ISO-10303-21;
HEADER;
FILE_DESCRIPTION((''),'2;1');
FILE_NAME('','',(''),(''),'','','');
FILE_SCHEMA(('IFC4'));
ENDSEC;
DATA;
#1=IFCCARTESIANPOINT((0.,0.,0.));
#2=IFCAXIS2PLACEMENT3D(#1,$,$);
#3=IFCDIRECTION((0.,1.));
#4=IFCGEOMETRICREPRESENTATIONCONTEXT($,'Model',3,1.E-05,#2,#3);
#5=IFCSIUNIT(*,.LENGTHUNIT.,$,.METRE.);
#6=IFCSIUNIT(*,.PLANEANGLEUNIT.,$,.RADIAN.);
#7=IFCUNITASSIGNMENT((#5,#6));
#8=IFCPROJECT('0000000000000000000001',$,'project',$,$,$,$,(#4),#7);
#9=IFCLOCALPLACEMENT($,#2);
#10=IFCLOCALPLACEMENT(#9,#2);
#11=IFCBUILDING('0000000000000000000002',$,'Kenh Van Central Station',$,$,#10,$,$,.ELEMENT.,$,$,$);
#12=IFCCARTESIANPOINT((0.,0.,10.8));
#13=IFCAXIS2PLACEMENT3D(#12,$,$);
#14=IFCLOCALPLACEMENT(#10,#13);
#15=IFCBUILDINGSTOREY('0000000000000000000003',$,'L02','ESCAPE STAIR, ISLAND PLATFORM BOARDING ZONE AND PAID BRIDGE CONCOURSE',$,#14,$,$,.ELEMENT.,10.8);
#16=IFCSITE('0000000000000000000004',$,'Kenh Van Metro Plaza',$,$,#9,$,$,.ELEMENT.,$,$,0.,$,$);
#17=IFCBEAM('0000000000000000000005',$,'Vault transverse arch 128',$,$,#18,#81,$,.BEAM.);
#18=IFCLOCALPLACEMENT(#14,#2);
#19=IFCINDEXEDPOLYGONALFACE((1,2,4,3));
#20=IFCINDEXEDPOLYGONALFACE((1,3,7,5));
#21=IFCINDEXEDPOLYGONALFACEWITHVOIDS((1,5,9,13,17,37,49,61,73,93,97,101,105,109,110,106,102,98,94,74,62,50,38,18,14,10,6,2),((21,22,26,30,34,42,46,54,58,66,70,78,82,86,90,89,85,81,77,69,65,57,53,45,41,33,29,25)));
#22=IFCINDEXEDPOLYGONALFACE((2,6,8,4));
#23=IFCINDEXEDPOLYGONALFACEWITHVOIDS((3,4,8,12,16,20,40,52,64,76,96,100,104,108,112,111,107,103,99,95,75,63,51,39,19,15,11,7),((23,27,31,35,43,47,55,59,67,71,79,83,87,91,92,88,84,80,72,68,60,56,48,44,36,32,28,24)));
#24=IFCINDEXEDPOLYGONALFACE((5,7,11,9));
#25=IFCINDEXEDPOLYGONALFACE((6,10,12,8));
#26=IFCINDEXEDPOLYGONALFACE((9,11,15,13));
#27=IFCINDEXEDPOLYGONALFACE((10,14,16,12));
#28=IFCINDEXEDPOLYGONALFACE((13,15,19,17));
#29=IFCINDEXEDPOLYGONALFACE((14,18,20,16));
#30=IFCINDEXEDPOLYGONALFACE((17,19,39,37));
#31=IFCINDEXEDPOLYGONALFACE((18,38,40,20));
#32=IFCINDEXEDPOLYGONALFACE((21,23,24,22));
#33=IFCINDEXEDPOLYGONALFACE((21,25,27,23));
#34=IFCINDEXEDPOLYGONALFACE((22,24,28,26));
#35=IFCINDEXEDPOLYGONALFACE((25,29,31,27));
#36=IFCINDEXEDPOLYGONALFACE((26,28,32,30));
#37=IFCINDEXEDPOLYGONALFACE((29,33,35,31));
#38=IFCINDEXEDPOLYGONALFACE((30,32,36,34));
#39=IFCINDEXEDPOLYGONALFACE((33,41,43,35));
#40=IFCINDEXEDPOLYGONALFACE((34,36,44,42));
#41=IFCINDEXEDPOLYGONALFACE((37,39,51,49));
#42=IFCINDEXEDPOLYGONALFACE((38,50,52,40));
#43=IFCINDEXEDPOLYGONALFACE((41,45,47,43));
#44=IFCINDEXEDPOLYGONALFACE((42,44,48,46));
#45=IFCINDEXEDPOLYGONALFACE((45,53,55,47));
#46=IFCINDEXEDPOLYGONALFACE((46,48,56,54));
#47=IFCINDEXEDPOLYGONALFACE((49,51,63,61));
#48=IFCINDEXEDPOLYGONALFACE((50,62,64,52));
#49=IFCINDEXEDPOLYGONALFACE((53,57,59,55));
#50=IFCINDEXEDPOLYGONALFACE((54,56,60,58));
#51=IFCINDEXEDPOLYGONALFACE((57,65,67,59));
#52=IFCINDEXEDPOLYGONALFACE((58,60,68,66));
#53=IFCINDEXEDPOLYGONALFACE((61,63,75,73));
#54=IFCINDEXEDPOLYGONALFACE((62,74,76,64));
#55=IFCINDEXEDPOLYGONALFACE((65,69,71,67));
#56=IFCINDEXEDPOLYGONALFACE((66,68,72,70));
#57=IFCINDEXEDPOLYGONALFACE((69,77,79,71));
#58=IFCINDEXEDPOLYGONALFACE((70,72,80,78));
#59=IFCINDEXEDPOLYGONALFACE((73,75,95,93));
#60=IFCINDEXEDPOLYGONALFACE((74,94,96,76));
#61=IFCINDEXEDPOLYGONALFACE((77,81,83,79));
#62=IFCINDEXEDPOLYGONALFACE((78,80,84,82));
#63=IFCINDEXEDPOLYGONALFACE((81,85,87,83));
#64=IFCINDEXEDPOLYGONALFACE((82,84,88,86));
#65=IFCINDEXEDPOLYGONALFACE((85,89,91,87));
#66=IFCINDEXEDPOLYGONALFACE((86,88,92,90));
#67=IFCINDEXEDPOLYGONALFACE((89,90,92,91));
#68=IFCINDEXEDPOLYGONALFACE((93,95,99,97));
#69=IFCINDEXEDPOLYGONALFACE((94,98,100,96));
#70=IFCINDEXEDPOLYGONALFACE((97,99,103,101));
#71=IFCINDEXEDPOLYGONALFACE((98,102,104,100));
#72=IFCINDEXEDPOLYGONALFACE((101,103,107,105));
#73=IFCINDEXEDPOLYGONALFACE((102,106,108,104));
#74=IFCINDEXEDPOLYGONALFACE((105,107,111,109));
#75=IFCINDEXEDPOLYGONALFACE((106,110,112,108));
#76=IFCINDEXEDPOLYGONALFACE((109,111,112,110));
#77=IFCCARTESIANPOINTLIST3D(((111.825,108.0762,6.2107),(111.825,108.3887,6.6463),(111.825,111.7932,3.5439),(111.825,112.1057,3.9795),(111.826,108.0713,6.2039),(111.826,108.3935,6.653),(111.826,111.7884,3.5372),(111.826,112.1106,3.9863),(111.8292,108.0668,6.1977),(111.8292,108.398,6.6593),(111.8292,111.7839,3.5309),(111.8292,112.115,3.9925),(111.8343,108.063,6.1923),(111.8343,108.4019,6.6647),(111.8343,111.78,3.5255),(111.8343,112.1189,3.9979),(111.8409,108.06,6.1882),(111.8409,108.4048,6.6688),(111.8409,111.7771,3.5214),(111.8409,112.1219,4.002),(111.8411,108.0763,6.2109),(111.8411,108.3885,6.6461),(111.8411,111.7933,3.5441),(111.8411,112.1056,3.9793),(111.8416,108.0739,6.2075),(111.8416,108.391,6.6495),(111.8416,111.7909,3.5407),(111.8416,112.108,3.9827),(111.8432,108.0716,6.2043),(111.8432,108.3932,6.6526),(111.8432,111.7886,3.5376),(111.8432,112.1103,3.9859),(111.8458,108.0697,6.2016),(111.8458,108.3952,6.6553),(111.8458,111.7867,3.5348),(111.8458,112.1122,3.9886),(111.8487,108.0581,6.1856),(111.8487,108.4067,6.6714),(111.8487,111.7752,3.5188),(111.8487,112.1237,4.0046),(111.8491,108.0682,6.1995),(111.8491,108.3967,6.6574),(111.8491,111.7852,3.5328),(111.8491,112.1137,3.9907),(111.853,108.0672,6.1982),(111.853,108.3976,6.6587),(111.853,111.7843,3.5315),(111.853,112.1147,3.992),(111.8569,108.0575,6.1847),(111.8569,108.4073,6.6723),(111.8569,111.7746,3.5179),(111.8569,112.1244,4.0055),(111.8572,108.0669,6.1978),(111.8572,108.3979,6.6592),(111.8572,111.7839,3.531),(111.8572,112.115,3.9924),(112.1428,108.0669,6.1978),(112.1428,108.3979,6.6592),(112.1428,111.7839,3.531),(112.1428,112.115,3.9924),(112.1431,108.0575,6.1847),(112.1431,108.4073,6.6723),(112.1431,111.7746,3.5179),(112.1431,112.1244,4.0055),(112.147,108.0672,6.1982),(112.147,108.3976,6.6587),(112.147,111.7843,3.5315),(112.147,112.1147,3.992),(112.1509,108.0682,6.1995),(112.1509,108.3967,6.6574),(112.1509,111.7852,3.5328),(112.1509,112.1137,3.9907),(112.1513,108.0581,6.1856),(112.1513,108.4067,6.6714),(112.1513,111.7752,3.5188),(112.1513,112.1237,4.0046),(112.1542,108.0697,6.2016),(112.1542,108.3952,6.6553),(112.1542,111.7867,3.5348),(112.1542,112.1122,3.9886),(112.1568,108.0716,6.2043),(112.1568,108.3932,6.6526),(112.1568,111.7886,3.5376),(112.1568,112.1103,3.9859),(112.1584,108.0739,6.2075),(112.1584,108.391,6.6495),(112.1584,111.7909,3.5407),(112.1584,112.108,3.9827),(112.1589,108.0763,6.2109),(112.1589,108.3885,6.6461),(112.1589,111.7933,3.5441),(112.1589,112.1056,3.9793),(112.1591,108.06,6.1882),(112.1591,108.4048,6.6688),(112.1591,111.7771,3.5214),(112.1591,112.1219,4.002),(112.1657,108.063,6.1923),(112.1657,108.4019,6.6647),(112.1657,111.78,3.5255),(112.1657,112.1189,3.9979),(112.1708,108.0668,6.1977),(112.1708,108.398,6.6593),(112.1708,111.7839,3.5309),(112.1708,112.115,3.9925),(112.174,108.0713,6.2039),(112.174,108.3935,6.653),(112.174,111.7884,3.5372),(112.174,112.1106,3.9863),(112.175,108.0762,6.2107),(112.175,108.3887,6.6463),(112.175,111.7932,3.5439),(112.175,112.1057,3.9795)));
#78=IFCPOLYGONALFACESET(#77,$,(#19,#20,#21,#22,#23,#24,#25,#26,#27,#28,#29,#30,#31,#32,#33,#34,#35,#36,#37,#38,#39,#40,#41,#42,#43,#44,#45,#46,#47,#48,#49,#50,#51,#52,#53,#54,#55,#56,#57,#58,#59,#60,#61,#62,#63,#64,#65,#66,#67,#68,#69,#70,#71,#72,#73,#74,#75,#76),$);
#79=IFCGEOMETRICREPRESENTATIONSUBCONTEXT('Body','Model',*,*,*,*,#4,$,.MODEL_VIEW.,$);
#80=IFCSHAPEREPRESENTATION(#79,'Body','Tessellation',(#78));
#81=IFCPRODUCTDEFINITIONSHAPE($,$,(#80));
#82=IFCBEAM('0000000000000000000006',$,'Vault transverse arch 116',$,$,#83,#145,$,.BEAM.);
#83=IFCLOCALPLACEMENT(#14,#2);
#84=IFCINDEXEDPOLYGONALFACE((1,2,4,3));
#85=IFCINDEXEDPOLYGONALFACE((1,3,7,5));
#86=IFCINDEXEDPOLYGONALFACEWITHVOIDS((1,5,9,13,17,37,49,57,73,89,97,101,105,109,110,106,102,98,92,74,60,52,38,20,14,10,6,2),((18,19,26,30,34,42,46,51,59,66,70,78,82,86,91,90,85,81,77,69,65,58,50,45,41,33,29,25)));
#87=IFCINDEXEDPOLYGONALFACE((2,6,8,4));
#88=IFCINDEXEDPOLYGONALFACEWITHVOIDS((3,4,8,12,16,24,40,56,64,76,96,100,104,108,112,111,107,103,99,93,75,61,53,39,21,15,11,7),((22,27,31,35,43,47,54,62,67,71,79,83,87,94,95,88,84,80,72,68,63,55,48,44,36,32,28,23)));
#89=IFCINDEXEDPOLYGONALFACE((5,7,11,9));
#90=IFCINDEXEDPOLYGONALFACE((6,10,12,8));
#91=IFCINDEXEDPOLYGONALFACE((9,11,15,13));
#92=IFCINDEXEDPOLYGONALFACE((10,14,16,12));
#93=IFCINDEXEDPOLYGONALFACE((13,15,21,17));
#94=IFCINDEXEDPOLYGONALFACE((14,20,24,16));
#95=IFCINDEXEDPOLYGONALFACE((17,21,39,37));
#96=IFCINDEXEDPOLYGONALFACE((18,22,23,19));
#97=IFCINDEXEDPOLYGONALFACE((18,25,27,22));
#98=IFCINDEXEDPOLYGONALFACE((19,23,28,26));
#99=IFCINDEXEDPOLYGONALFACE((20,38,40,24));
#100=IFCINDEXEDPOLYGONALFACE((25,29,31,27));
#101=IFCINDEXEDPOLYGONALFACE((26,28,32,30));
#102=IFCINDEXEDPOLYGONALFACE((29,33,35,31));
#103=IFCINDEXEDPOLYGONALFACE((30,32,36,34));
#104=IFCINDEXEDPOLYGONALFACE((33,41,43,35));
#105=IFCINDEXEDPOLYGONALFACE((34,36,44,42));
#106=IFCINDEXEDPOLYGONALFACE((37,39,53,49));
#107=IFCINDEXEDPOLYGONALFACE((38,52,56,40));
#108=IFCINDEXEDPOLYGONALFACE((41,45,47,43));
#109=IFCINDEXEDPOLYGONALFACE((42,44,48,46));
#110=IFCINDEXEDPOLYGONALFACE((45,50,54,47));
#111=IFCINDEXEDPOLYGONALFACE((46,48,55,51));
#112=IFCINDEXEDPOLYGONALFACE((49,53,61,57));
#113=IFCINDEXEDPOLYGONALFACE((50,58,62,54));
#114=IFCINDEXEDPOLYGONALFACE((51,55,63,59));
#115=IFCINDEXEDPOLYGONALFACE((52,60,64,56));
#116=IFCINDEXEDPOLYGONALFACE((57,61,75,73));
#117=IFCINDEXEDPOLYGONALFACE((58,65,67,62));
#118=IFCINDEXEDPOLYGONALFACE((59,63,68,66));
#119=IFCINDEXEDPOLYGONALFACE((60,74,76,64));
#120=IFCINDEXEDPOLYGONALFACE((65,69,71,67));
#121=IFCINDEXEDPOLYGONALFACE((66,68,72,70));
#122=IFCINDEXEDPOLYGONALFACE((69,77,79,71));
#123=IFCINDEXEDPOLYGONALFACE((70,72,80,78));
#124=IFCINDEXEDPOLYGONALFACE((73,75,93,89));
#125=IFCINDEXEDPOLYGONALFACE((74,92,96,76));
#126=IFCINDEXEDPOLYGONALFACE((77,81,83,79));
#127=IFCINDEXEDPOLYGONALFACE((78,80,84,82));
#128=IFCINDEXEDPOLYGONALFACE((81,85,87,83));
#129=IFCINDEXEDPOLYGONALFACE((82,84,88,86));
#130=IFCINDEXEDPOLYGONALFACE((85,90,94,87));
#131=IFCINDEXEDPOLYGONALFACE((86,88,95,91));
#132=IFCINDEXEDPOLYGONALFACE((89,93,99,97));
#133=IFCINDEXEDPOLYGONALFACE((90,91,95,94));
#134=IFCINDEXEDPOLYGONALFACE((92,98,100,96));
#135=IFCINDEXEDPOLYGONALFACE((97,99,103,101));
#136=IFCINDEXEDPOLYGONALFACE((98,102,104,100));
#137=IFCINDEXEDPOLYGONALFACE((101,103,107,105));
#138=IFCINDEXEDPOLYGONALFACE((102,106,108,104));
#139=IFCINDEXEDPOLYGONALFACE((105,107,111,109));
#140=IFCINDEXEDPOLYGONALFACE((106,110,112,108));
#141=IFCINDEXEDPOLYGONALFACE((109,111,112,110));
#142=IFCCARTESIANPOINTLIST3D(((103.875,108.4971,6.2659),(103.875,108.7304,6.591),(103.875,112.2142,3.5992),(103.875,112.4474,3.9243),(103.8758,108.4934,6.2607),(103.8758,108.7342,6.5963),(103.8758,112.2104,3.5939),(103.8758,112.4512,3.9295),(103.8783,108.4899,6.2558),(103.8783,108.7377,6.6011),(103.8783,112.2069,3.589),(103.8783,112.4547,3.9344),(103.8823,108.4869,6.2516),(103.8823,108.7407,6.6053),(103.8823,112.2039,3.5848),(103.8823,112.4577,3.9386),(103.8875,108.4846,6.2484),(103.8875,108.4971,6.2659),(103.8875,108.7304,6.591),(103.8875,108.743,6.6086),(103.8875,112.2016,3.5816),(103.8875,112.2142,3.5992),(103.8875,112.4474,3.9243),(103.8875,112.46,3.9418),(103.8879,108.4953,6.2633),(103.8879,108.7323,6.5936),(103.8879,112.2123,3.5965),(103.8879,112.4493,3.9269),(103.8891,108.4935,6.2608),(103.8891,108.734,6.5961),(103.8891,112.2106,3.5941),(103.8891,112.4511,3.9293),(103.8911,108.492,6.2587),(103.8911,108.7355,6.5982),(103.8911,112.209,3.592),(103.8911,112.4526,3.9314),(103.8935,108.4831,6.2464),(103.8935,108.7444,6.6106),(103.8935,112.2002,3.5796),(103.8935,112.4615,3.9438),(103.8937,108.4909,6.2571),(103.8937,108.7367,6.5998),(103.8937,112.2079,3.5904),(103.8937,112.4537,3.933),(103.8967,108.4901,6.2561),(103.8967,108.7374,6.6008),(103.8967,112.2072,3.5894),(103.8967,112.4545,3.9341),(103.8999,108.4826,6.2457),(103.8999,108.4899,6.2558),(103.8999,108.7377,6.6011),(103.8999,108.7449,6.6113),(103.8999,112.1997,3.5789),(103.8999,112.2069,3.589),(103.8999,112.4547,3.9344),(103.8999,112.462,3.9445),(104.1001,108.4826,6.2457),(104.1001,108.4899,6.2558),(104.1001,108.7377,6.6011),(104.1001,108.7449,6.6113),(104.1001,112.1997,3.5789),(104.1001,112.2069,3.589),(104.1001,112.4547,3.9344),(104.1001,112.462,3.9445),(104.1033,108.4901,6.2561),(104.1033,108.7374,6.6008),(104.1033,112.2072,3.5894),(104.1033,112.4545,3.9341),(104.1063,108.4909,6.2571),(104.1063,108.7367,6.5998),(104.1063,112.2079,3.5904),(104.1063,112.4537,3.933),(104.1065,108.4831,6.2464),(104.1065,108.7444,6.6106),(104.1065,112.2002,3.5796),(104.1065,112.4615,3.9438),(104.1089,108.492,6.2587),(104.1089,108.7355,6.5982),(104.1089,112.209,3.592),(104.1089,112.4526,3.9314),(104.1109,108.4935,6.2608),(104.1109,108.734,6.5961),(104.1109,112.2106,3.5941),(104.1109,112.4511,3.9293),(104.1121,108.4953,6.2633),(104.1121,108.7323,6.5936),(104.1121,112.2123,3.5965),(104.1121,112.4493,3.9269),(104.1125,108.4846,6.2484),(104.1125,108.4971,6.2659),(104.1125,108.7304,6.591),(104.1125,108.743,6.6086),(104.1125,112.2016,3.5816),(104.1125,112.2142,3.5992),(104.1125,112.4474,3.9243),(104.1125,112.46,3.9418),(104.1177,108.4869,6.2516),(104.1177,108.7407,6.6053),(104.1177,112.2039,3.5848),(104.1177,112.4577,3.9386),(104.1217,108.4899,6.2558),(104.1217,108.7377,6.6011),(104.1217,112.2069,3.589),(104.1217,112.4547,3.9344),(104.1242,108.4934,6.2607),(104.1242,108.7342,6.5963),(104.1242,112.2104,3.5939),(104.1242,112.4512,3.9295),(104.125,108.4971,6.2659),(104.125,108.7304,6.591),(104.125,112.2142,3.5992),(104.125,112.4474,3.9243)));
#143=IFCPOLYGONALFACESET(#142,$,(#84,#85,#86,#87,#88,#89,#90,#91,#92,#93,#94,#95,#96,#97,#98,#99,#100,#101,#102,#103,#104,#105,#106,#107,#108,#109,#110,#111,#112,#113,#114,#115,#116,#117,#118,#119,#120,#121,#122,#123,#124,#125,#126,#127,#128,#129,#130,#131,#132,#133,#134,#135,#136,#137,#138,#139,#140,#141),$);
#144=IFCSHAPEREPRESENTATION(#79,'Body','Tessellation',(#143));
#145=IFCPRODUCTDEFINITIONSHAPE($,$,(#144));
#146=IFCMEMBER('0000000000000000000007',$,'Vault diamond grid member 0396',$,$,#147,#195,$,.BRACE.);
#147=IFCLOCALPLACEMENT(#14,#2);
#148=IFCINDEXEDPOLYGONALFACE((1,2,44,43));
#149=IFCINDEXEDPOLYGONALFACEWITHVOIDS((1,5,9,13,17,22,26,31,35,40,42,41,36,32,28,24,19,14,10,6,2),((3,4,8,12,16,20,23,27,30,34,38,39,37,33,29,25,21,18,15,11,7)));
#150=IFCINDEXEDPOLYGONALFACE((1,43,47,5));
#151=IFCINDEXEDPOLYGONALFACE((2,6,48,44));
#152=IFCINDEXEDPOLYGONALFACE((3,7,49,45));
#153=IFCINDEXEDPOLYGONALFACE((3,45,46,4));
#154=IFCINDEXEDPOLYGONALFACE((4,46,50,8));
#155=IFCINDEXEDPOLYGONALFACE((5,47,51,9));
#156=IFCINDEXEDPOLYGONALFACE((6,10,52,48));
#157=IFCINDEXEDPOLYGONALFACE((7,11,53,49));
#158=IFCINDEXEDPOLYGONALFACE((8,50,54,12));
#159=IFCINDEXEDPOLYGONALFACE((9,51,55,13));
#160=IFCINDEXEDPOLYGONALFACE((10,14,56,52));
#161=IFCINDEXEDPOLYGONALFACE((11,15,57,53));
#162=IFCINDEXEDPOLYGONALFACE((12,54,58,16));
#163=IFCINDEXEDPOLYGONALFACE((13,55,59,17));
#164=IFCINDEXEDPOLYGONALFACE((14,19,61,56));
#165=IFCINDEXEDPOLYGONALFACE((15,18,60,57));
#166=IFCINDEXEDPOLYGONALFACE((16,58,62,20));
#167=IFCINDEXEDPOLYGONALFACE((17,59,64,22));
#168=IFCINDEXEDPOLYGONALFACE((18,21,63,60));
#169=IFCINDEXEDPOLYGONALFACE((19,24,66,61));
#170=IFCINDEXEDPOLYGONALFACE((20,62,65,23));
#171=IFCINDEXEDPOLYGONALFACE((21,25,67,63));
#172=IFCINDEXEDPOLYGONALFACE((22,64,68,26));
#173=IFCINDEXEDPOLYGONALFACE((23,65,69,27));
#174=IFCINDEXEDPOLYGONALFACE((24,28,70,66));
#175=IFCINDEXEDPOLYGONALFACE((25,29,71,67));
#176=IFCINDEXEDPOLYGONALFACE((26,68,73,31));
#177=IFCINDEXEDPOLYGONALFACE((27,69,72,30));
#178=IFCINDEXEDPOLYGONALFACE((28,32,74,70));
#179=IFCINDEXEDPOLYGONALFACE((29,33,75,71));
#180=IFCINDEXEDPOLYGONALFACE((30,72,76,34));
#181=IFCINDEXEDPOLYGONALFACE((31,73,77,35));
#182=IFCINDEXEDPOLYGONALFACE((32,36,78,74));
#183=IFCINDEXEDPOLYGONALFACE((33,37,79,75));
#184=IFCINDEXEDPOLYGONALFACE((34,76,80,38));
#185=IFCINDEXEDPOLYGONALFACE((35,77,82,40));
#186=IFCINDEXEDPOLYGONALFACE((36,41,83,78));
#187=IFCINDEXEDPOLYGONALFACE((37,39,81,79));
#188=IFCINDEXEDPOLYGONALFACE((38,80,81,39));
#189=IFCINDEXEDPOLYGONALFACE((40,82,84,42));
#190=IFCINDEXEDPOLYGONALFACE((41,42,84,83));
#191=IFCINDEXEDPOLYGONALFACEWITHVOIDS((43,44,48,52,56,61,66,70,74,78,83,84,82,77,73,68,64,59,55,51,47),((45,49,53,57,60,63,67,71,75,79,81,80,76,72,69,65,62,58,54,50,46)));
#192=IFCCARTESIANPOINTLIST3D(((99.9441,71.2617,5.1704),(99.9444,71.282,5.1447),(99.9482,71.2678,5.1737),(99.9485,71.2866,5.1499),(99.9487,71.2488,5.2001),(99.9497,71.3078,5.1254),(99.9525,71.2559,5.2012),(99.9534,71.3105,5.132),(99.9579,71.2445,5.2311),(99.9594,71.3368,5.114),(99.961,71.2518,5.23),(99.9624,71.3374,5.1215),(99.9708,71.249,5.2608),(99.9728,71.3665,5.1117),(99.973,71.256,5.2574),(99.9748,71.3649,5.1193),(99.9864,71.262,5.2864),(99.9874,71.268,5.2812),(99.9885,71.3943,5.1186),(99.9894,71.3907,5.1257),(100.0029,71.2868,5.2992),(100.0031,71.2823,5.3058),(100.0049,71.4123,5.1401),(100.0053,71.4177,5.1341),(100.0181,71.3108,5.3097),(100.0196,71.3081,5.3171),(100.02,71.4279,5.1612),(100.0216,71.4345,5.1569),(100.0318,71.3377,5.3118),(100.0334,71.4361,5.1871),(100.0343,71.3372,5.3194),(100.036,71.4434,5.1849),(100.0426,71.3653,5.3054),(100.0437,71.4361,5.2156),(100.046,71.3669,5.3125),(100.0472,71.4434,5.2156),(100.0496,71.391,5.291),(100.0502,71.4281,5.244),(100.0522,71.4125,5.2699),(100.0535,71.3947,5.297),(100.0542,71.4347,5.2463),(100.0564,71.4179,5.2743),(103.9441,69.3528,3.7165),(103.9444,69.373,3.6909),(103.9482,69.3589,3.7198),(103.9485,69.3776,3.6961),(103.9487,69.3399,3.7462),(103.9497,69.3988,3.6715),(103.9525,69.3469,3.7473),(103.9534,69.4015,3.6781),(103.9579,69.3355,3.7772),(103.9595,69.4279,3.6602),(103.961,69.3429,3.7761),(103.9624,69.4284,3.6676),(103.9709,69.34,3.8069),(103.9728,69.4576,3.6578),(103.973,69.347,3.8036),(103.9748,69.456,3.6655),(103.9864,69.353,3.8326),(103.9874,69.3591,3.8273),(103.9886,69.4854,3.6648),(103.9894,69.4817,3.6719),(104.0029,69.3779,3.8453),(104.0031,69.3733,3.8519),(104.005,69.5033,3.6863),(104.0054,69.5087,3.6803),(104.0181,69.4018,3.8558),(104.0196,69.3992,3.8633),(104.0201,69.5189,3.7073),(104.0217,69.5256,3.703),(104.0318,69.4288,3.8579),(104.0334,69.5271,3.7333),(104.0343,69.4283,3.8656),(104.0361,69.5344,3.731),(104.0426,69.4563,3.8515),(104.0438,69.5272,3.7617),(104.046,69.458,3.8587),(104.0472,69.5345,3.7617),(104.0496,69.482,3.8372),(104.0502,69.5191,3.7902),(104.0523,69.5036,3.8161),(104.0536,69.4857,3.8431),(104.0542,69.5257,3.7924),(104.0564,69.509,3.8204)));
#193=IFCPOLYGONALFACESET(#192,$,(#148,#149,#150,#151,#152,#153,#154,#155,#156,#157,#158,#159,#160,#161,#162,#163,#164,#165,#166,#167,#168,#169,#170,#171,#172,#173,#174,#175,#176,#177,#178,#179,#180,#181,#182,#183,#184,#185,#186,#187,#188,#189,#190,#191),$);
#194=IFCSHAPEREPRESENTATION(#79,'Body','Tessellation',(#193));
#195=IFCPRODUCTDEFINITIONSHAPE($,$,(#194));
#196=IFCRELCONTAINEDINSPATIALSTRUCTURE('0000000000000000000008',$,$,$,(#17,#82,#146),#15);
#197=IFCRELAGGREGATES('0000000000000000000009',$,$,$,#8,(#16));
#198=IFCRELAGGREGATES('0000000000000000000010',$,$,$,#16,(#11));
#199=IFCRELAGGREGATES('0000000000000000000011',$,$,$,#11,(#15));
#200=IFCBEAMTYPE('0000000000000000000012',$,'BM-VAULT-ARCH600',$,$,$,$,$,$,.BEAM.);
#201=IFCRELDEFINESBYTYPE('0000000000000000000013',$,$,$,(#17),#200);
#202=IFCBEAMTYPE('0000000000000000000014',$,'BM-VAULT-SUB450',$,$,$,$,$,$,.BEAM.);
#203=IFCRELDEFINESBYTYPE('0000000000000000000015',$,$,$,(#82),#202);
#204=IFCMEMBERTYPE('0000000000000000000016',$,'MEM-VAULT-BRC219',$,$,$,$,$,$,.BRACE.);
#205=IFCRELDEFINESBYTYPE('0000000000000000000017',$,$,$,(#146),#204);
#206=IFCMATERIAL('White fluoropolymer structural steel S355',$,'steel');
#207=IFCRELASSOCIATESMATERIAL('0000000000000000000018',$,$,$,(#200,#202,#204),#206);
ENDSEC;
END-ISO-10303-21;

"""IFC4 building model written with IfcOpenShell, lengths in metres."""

from ifc_helpers import new_model, si_unit, direction, frame, origin, origin_2d, place, context, subcontext, project, spatial, hollow_rectangle, hollow_circle, extrude, material, material_profile, profile_set, type_object, element, save


model = new_model("IFC4")

# Units and contexts
model_context = context("Model", 3, precision=1e-05, world=origin(), true_north=direction((0.0, 1.0)))
body_context = subcontext(model_context, "Body", "Model", "MODEL_VIEW")
ifc_project = project(units=[si_unit("LENGTHUNIT", "METRE"), si_unit("PLANEANGLEUNIT", "RADIAN")], contexts=[model_context])

# Site, building, storey
site_placement = place(None, origin())
site = spatial("IfcSite", under=ifc_project, at=site_placement, Name="Kenh Van Metro Plaza", CompositionType="ELEMENT", RefElevation=0.0)
building_placement = place(site_placement, origin())
building = spatial("IfcBuilding", under=site, at=building_placement, Name="Kenh Van Central Station", CompositionType="ELEMENT")
storey_placement = place(building_placement, frame((0.0, 0.0, 10.8)))
storey = spatial("IfcBuildingStorey", under=building, at=storey_placement, Name="L02", Description="ESCAPE STAIR, ISLAND PLATFORM BOARDING ZONE AND PAID BRIDGE CONCOURSE", CompositionType="ELEMENT", Elevation=10.8)

# Beams
ifc_material_1 = material(Name="White fluoropolymer structural steel S355", Category="steel")
ifc_material_profile_1 = material_profile(ifc_material_1, hollow_rectangle(XDim=0.3501, YDim=0.6001, WallThickness=0.0161, InnerFilletRadius=0.0161, OuterFilletRadius=0.032, at=origin_2d()), Name="RHS 600x350x16")
ifc_profile_set_1 = profile_set([ifc_material_profile_1], Name="White fluoropolymer structural steel S355")
beam_type_1 = type_object("IfcBeamType", Name="BM-VAULT-ARCH600", PredefinedType="BEAM", material=ifc_profile_set_1)
beam_1_placement = place(storey_placement, frame((112.0, 108.2324, 6.4285), z_axis=(0.0, 0.81252, -0.582933), x_axis=(-1.0, 0.0, 0.0)))
element("IfcBeam", 1, at=beam_1_placement, inside=storey, type_object=beam_type_1, Name="Vault transverse arch 128", PredefinedType="BEAM", context=body_context, shape_type="SweptSolid", body=[
    extrude(hollow_rectangle(XDim=0.3501, YDim=0.6001, WallThickness=0.0161, InnerFilletRadius=0.0161, OuterFilletRadius=0.032, at=origin_2d()), origin(), (0.0, 0.0, 1.0), 4.5747),
])
ifc_material_profile_2 = material_profile(ifc_material_1, hollow_rectangle(XDim=0.25, YDim=0.45, WallThickness=0.0125, InnerFilletRadius=0.0125, OuterFilletRadius=0.0249, at=origin_2d()), Name="RHS 450x250x12.5")
ifc_profile_set_2 = profile_set([ifc_material_profile_2], Name="White fluoropolymer structural steel S355")
beam_type_2 = type_object("IfcBeamType", Name="BM-VAULT-SUB450", PredefinedType="BEAM", material=ifc_profile_set_2)
beam_2_placement = place(storey_placement, frame((104.0, 108.6138, 6.4285), z_axis=(0.0, 0.81252, -0.582933), x_axis=(-1.0, 0.0, 0.0)))
element("IfcBeam", 2, at=beam_2_placement, inside=storey, type_object=beam_type_2, Name="Vault transverse arch 116", PredefinedType="BEAM", context=body_context, shape_type="SweptSolid", body=[
    extrude(hollow_rectangle(XDim=0.25, YDim=0.45, WallThickness=0.0125, InnerFilletRadius=0.0125, OuterFilletRadius=0.0249, at=origin_2d()), origin(), (0.0, 0.0, 1.0), 4.5747),
])

# Member
ifc_material_profile_3 = material_profile(ifc_material_1, hollow_circle(Radius=0.1096, WallThickness=0.0081, at=origin_2d()), Name="CHS 219.1x8")
ifc_profile_set_3 = profile_set([ifc_material_profile_3], Name="White fluoropolymer structural steel S355")
member_type_1 = type_object("IfcMemberType", Name="MEM-VAULT-BRC219", PredefinedType="BRACE", material=ifc_profile_set_3)
member_1_placement = place(storey_placement, frame((100.0, 71.3445, 5.2156), z_axis=(0.857538, -0.409246, -0.311684), x_axis=(0.430701, 0.902495, 0.0)))
element("IfcMember", 3, at=member_1_placement, inside=storey, type_object=member_type_1, Name="Vault diamond grid member 0396", PredefinedType="BRACE", context=body_context, shape_type="SweptSolid", body=[
    extrude(hollow_circle(Radius=0.1096, WallThickness=0.0081, at=origin_2d()), origin(), (0.0, 0.0, 1.0), 4.6646),
])

save(model, "model.ifc")
